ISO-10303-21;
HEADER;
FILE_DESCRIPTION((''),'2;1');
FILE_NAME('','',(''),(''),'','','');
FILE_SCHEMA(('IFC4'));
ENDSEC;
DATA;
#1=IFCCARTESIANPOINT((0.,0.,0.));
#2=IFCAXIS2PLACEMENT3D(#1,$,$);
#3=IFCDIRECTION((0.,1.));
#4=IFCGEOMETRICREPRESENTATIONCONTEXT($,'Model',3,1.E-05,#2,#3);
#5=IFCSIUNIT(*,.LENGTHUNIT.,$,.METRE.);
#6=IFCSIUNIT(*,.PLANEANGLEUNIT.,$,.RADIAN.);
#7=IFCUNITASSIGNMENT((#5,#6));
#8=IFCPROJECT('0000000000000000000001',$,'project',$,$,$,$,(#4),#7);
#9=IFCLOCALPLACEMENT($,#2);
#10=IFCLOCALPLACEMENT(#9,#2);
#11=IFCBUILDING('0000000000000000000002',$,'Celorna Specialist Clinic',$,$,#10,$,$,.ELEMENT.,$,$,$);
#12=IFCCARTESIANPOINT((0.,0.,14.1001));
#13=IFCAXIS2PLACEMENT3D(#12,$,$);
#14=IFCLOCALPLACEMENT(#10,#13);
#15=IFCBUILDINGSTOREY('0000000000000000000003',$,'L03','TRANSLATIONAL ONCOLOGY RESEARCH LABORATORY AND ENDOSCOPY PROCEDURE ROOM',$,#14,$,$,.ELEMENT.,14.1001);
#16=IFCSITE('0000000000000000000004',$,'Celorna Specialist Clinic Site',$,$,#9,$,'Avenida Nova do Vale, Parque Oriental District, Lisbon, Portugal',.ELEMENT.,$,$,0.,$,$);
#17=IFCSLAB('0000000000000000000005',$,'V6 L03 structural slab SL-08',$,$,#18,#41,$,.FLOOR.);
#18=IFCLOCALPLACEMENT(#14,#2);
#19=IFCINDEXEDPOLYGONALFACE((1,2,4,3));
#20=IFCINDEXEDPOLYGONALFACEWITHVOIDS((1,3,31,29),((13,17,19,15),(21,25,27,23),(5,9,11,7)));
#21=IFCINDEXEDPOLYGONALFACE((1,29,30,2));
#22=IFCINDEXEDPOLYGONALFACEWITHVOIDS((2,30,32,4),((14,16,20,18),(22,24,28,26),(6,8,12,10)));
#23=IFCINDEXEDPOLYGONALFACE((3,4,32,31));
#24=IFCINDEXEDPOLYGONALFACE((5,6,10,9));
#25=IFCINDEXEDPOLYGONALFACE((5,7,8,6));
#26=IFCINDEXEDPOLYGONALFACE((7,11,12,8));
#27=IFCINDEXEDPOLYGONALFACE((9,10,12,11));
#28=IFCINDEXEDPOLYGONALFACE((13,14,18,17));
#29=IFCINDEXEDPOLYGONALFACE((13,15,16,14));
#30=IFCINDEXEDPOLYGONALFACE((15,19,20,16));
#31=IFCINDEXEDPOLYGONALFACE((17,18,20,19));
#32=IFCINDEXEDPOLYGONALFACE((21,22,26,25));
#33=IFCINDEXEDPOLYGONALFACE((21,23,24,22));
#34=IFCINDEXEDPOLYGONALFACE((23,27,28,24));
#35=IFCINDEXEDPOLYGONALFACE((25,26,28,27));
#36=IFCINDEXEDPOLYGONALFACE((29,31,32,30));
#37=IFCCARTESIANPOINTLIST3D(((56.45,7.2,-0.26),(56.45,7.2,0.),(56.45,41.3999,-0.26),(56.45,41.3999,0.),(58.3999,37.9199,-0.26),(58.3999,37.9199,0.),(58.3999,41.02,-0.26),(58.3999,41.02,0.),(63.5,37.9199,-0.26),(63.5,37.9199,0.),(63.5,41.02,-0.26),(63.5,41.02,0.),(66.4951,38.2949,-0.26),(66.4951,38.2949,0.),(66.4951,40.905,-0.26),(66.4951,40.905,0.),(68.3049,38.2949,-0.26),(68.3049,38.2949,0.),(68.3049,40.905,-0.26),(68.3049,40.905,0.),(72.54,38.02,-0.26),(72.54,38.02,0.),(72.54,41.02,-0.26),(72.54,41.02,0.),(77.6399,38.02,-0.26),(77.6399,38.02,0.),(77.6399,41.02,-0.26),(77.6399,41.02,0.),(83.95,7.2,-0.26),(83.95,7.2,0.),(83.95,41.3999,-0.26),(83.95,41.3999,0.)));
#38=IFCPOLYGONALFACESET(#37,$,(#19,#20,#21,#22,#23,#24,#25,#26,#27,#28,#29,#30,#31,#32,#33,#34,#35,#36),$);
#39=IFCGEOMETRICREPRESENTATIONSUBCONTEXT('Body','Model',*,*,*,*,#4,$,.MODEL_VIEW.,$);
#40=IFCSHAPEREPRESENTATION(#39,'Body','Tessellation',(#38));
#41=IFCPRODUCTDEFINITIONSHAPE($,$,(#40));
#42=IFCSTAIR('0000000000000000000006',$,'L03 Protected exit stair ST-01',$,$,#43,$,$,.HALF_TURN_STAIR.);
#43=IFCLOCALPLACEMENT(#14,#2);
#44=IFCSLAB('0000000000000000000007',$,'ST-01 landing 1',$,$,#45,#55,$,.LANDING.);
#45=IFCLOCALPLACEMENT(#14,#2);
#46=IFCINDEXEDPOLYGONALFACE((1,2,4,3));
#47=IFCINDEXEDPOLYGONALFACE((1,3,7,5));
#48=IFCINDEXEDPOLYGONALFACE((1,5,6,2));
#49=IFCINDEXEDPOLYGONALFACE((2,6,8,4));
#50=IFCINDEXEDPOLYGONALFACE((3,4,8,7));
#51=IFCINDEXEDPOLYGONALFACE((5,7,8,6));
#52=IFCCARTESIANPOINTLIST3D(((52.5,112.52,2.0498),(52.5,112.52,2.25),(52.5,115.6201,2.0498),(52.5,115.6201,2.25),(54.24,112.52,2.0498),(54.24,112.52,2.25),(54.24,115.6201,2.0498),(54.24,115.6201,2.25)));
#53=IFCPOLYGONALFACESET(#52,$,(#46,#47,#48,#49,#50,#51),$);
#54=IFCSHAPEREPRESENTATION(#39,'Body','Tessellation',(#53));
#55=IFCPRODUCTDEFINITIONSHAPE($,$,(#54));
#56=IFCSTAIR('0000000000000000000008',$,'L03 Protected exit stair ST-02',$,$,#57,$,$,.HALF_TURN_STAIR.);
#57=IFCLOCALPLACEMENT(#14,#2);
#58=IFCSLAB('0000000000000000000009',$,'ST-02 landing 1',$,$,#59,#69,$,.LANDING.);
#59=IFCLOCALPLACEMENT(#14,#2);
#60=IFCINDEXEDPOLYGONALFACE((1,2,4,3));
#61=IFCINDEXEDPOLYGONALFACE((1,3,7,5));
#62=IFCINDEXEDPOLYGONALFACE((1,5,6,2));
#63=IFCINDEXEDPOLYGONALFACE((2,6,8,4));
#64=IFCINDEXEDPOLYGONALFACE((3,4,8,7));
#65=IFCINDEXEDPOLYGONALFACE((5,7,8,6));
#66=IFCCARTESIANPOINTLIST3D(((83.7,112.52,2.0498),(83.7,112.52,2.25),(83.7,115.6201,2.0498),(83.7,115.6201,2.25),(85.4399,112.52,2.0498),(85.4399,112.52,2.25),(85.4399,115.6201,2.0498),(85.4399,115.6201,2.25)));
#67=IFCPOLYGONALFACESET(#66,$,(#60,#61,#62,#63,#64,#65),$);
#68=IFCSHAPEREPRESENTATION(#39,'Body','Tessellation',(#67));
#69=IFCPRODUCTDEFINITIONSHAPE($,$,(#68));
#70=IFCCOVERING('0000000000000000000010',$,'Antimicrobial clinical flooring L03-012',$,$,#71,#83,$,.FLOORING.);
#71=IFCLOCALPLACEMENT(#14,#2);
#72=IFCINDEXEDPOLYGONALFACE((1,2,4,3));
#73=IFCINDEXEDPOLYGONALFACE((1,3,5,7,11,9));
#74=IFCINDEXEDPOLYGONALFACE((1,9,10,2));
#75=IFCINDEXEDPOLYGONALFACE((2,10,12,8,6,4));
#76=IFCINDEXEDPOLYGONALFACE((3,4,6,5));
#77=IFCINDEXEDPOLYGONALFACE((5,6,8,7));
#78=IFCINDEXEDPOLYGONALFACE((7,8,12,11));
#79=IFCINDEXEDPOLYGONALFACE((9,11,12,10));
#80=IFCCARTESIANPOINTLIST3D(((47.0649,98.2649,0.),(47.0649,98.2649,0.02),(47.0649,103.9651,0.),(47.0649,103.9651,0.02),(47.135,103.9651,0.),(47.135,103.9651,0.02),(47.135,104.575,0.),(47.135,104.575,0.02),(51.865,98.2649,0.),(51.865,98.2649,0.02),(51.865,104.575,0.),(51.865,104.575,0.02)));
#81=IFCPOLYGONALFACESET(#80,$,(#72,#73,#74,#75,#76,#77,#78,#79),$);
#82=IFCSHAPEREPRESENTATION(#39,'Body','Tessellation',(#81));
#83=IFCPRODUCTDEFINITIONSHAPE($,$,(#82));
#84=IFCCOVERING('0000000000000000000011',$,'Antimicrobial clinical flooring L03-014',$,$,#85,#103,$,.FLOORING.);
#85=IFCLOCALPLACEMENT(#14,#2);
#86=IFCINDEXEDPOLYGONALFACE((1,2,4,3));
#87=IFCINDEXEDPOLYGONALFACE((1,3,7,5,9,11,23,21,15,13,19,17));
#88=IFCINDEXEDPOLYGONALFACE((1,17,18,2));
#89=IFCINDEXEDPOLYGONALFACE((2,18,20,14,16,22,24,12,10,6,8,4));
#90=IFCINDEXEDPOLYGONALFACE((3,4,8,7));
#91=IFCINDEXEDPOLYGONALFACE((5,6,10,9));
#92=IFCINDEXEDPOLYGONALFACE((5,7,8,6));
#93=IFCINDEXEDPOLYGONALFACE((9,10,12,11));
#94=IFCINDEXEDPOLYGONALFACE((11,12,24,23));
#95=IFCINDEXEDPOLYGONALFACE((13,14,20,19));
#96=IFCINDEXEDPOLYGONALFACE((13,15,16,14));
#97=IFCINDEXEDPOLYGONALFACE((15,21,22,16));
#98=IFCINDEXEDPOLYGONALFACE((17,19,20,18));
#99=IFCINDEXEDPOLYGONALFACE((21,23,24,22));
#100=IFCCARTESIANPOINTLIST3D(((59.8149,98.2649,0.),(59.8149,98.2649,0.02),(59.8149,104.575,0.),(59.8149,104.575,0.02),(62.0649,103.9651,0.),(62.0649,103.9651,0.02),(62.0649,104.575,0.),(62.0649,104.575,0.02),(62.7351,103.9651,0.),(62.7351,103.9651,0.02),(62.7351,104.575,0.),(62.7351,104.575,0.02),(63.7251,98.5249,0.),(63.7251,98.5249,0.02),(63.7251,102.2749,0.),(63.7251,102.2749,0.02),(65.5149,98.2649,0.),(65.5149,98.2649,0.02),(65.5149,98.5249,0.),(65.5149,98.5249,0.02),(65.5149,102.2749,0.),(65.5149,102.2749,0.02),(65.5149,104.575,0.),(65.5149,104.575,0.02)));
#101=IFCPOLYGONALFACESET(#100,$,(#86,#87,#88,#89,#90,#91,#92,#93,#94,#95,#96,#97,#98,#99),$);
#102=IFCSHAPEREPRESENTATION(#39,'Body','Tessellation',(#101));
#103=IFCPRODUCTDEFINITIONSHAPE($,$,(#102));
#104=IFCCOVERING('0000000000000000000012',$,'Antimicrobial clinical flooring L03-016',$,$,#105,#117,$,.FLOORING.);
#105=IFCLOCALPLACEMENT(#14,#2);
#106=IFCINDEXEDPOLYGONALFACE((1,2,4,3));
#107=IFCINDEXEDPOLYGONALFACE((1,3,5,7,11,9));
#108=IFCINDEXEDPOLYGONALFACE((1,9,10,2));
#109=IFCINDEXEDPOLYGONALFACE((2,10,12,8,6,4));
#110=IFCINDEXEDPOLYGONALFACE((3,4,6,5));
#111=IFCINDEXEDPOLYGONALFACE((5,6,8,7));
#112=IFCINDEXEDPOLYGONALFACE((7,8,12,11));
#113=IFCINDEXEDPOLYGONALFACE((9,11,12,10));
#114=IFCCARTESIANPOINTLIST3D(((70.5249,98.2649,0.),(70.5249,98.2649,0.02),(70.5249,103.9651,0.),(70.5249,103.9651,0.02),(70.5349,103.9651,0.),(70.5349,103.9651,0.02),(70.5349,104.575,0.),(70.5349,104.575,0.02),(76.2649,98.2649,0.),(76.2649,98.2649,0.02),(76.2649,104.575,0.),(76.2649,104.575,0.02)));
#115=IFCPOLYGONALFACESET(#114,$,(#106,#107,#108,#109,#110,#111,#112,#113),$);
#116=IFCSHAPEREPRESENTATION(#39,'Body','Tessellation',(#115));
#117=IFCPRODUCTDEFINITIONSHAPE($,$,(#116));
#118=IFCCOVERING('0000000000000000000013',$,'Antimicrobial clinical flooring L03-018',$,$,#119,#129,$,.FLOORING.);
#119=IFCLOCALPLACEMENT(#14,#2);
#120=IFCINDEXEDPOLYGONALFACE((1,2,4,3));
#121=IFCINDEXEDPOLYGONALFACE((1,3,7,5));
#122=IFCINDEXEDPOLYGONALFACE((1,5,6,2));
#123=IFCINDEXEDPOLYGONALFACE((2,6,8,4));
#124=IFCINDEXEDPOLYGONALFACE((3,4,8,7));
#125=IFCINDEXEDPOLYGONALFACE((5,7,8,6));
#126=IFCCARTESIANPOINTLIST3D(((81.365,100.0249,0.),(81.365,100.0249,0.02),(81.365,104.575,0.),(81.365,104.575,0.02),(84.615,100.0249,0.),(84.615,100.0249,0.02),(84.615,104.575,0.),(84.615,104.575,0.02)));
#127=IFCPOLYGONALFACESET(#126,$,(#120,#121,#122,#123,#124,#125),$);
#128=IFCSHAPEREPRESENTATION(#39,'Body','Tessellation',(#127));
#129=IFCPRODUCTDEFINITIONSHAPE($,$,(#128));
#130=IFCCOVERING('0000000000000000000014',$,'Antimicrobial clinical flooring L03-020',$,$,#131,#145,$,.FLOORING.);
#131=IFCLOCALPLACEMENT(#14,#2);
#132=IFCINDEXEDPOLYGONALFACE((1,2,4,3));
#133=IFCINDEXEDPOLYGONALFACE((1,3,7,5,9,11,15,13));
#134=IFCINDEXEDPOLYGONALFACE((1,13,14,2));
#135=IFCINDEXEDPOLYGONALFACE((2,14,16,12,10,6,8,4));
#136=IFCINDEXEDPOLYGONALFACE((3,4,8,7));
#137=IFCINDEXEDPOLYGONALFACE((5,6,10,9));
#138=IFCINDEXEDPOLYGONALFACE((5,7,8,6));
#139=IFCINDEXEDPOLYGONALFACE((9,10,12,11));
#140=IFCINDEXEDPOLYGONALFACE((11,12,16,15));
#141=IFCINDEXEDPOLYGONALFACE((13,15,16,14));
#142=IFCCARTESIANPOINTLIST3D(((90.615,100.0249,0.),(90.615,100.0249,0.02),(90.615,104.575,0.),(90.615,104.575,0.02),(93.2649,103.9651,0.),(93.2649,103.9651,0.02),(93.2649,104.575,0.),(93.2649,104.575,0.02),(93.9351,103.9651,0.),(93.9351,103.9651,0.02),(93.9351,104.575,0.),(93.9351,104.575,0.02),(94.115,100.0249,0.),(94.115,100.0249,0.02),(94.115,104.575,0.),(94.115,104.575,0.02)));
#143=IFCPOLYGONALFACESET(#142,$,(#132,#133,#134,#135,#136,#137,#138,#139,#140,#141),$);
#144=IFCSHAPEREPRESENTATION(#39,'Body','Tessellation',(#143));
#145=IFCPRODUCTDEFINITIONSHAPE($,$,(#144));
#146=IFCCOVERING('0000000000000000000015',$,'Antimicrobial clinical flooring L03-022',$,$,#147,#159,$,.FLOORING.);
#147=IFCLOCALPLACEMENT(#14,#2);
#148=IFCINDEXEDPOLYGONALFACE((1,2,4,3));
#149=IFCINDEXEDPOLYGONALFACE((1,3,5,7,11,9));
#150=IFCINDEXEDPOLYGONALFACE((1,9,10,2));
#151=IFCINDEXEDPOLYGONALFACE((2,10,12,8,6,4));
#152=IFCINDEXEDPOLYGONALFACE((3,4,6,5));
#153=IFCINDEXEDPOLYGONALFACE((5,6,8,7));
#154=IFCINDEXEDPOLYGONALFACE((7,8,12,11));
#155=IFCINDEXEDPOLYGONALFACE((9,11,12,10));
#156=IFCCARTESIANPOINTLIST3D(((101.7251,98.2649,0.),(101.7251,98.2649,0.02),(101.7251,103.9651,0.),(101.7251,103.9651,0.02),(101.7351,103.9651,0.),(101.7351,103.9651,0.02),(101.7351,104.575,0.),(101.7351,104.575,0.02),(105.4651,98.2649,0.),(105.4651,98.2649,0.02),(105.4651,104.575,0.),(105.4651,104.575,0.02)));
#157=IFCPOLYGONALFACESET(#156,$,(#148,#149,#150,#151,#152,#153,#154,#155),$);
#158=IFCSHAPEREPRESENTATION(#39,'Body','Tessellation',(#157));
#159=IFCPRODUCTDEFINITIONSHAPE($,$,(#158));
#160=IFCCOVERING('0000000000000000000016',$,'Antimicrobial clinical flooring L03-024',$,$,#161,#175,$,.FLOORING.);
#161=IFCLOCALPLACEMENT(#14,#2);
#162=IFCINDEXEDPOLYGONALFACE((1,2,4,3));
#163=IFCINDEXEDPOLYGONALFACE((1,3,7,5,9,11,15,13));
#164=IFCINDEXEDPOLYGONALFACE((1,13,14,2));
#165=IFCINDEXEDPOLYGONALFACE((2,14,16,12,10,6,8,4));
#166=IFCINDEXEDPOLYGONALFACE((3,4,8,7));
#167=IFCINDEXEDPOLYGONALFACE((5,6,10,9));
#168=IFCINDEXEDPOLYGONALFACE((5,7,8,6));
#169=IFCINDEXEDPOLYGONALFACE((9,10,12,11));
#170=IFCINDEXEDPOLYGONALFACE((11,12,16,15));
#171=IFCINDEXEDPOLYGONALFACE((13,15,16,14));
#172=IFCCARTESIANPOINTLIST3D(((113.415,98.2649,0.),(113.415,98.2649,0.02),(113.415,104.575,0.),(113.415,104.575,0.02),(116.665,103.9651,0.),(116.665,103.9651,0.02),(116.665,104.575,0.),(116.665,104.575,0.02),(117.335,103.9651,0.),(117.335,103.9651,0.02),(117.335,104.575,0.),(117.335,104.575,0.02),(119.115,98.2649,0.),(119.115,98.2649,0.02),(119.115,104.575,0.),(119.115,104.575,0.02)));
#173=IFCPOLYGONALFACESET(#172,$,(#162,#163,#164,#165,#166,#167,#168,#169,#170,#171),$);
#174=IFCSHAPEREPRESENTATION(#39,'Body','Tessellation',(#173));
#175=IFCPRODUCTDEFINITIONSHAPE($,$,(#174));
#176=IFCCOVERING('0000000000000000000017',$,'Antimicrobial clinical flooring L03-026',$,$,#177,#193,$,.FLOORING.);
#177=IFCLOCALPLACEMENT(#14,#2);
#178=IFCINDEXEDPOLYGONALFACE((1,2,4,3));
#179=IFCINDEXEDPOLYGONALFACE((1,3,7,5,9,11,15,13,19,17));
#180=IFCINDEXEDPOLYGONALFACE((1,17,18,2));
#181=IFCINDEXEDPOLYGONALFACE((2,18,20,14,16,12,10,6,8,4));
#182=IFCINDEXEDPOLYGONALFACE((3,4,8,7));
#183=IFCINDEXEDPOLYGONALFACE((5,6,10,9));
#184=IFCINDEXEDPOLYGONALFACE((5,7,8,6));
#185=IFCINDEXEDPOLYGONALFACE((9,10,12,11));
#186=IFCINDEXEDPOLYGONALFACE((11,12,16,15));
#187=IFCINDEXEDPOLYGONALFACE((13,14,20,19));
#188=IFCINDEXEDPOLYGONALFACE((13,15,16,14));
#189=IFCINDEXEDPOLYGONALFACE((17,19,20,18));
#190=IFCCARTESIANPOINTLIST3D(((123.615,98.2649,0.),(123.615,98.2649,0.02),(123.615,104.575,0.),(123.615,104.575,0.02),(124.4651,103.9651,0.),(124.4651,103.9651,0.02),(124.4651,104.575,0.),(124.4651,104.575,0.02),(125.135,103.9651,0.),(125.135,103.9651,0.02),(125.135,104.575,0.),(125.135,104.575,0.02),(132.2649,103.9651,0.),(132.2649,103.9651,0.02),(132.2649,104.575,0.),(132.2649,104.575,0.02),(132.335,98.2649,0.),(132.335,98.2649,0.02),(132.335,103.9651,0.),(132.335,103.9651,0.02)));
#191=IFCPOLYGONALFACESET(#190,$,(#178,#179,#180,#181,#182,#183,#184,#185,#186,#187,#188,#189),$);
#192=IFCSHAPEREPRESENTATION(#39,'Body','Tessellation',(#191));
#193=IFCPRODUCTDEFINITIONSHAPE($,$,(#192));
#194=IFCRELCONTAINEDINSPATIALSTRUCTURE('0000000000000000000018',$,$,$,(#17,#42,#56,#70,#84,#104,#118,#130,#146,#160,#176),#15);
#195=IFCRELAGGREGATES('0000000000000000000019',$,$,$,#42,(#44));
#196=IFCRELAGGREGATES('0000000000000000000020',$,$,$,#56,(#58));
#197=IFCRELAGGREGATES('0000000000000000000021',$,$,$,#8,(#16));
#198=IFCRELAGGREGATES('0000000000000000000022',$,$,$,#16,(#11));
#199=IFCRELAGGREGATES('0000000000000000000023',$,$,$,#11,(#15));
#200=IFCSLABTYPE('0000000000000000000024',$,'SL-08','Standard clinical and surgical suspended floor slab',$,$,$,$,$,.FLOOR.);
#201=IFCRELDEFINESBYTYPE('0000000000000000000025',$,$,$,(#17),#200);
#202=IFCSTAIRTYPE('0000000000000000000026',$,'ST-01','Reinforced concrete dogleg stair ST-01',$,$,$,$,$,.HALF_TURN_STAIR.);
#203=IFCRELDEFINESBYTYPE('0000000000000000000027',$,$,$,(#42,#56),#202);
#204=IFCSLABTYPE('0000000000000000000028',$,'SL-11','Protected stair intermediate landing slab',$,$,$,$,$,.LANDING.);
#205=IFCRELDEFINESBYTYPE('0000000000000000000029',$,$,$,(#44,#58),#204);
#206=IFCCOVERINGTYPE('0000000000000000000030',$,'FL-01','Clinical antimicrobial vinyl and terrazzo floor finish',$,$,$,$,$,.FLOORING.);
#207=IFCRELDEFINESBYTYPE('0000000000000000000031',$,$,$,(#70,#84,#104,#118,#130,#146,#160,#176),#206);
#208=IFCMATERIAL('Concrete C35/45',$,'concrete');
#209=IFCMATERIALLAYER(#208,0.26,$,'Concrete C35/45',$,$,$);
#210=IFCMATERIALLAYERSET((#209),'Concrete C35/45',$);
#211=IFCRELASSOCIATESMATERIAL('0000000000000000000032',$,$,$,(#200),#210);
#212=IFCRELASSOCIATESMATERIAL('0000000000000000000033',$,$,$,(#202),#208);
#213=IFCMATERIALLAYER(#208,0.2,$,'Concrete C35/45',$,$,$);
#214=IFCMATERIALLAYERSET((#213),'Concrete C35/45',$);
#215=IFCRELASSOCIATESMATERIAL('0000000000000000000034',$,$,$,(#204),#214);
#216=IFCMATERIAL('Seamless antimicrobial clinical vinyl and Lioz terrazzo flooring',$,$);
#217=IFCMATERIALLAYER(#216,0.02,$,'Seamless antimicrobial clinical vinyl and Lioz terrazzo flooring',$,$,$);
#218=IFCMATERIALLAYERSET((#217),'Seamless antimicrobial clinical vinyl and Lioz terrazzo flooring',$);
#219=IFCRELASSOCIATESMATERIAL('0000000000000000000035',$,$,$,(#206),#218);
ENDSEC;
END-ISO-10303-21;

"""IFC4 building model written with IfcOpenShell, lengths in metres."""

from ifc_helpers import new_model, si_unit, direction, frame, origin, place, context, subcontext, project, spatial, polyline, outline, extrude, material, layer, layer_set, type_object, element, aggregate, save


model = new_model("IFC4")

# Units and contexts
model_context = context("Model", 3, precision=1e-05, world=origin(), true_north=direction((0.0, 1.0)))
body_context = subcontext(model_context, "Body", "Model", "MODEL_VIEW")
ifc_project = project(units=[si_unit("LENGTHUNIT", "METRE"), si_unit("PLANEANGLEUNIT", "RADIAN")], contexts=[model_context])

# Site, building, storey
site_placement = place(None, origin())
site = spatial("IfcSite", under=ifc_project, at=site_placement, Name="Celorna Specialist Clinic Site", LongName="Avenida Nova do Vale, Parque Oriental District, Lisbon, Portugal", CompositionType="ELEMENT", RefElevation=0.0)
building_placement = place(site_placement, origin())
building = spatial("IfcBuilding", under=site, at=building_placement, Name="Celorna Specialist Clinic", CompositionType="ELEMENT")
storey_placement = place(building_placement, frame((0.0, 0.0, 14.1001)))
storey = spatial("IfcBuildingStorey", under=building, at=storey_placement, Name="L03", Description="TRANSLATIONAL ONCOLOGY RESEARCH LABORATORY AND ENDOSCOPY PROCEDURE ROOM", CompositionType="ELEMENT", Elevation=14.1001)

# Shared definitions
ifc_material_1 = material(Name="Concrete C35/45", Category="concrete")

# Slab
ifc_layer_1 = layer(ifc_material_1, 0.26, Name="Concrete C35/45")
ifc_layer_set_1 = layer_set([ifc_layer_1], Name="Concrete C35/45")
slab_type_1 = type_object("IfcSlabType", Name="SL-08", Description="Standard clinical and surgical suspended floor slab", PredefinedType="FLOOR", material=ifc_layer_set_1)
slab_1_placement = place(storey_placement, frame((0.0, 0.0, -0.26)))
element("IfcSlab", 1, at=slab_1_placement, inside=storey, type_object=slab_type_1, Name="V6 L03 structural slab SL-08", PredefinedType="FLOOR", context=body_context, shape_type="SweptSolid", body=[
    extrude(outline(polyline([(83.95, 7.2), (83.95, 41.3999), (56.45, 41.3999), (56.45, 7.2), (83.95, 7.2)]), holes=[polyline([(58.3999, 37.9199), (63.5, 37.9199), (63.5, 41.02), (58.3999, 41.02), (58.3999, 37.9199)]), polyline([(72.54, 38.02), (77.6399, 38.02), (77.6399, 41.02), (72.54, 41.02), (72.54, 38.02)]), polyline([(66.4951, 38.2949), (68.3049, 38.2949), (68.3049, 40.905), (66.4951, 40.905), (66.4951, 38.2949)])]), origin(), (0.0, 0.0, 1.0), 0.26),
])

# Stairs, slabs
stair_type = type_object("IfcStairType", Name="ST-01", Description="Reinforced concrete dogleg stair ST-01", PredefinedType="HALF_TURN_STAIR", material=ifc_material_1)
stair_1_placement = place(storey_placement, origin())
stair_1 = element("IfcStair", 2, at=stair_1_placement, inside=storey, type_object=stair_type, Name="L03 Protected exit stair ST-01", PredefinedType="HALF_TURN_STAIR")
ifc_layer_2 = layer(ifc_material_1, 0.2, Name="Concrete C35/45")
ifc_layer_set_2 = layer_set([ifc_layer_2], Name="Concrete C35/45")
slab_type_2 = type_object("IfcSlabType", Name="SL-11", Description="Protected stair intermediate landing slab", PredefinedType="LANDING", material=ifc_layer_set_2)
slab_2_placement = place(storey_placement, frame((0.0, 0.0, 2.0498)))
slab_2 = element("IfcSlab", 3, at=slab_2_placement, type_object=slab_type_2, Name="ST-01 landing 1", PredefinedType="LANDING", context=body_context, shape_type="SweptSolid", body=[
    extrude(outline(polyline([(52.5, 112.52), (54.24, 112.52), (54.24, 115.6201), (52.5, 115.6201), (52.5, 112.52)])), origin(), (0.0, 0.0, 1.0), 0.2002),
])
aggregate(stair_1, [slab_2])
stair_2_placement = place(storey_placement, origin())
stair_2 = element("IfcStair", 4, at=stair_2_placement, inside=storey, type_object=stair_type, Name="L03 Protected exit stair ST-02", PredefinedType="HALF_TURN_STAIR")
slab_3_placement = place(storey_placement, frame((0.0, 0.0, 2.0498)))
slab_3 = element("IfcSlab", 5, at=slab_3_placement, type_object=slab_type_2, Name="ST-02 landing 1", PredefinedType="LANDING", context=body_context, shape_type="SweptSolid", body=[
    extrude(outline(polyline([(83.7, 112.52), (85.4399, 112.52), (85.4399, 115.6201), (83.7, 115.6201), (83.7, 112.52)])), origin(), (0.0, 0.0, 1.0), 0.2002),
])
aggregate(stair_2, [slab_3])

# Coverings
ifc_material_2 = material(Name="Seamless antimicrobial clinical vinyl and Lioz terrazzo flooring")
ifc_layer_3 = layer(ifc_material_2, 0.02, Name="Seamless antimicrobial clinical vinyl and Lioz terrazzo flooring")
ifc_layer_set_3 = layer_set([ifc_layer_3], Name="Seamless antimicrobial clinical vinyl and Lioz terrazzo flooring")
covering_type = type_object("IfcCoveringType", Name="FL-01", Description="Clinical antimicrobial vinyl and terrazzo floor finish", PredefinedType="FLOORING", material=ifc_layer_set_3)
covering_1_placement = place(storey_placement, origin())
element("IfcCovering", 6, at=covering_1_placement, inside=storey, type_object=covering_type, Name="Antimicrobial clinical flooring L03-012", PredefinedType="FLOORING", context=body_context, shape_type="SweptSolid", body=[
    extrude(outline(polyline([(47.0649, 103.9651), (47.135, 103.9651), (47.135, 104.575), (51.865, 104.575), (51.865, 98.2649), (47.0649, 98.2649), (47.0649, 103.9651)])), origin(), (0.0, 0.0, 1.0), 0.02),
])
covering_2_placement = place(storey_placement, origin())
element("IfcCovering", 7, at=covering_2_placement, inside=storey, type_object=covering_type, Name="Antimicrobial clinical flooring L03-014", PredefinedType="FLOORING", context=body_context, shape_type="SweptSolid", body=[
    extrude(outline(polyline([(59.8149, 98.2649), (59.8149, 104.575), (62.0649, 104.575), (62.0649, 103.9651), (62.7351, 103.9651), (62.7351, 104.575), (65.5149, 104.575), (65.5149, 102.2749), (63.7251, 102.2749), (63.7251, 98.5249), (65.5149, 98.5249), (65.5149, 98.2649), (59.8149, 98.2649)])), origin(), (0.0, 0.0, 1.0), 0.02),
])
covering_3_placement = place(storey_placement, origin())
element("IfcCovering", 8, at=covering_3_placement, inside=storey, type_object=covering_type, Name="Antimicrobial clinical flooring L03-016", PredefinedType="FLOORING", context=body_context, shape_type="SweptSolid", body=[
    extrude(outline(polyline([(70.5349, 104.575), (76.2649, 104.575), (76.2649, 98.2649), (70.5249, 98.2649), (70.5249, 103.9651), (70.5349, 103.9651), (70.5349, 104.575)])), origin(), (0.0, 0.0, 1.0), 0.02),
])
covering_4_placement = place(storey_placement, origin())
element("IfcCovering", 9, at=covering_4_placement, inside=storey, type_object=covering_type, Name="Antimicrobial clinical flooring L03-018", PredefinedType="FLOORING", context=body_context, shape_type="SweptSolid", body=[
    extrude(outline(polyline([(81.365, 104.575), (84.615, 104.575), (84.615, 100.0249), (81.365, 100.0249), (81.365, 104.575)])), origin(), (0.0, 0.0, 1.0), 0.02),
])
covering_5_placement = place(storey_placement, origin())
element("IfcCovering", 10, at=covering_5_placement, inside=storey, type_object=covering_type, Name="Antimicrobial clinical flooring L03-020", PredefinedType="FLOORING", context=body_context, shape_type="SweptSolid", body=[
    extrude(outline(polyline([(90.615, 104.575), (93.2649, 104.575), (93.2649, 103.9651), (93.9351, 103.9651), (93.9351, 104.575), (94.115, 104.575), (94.115, 100.0249), (90.615, 100.0249), (90.615, 104.575)])), origin(), (0.0, 0.0, 1.0), 0.02),
])
covering_6_placement = place(storey_placement, origin())
element("IfcCovering", 11, at=covering_6_placement, inside=storey, type_object=covering_type, Name="Antimicrobial clinical flooring L03-022", PredefinedType="FLOORING", context=body_context, shape_type="SweptSolid", body=[
    extrude(outline(polyline([(101.7351, 104.575), (105.4651, 104.575), (105.4651, 98.2649), (101.7251, 98.2649), (101.7251, 103.9651), (101.7351, 103.9651), (101.7351, 104.575)])), origin(), (0.0, 0.0, 1.0), 0.02),
])
covering_7_placement = place(storey_placement, origin())
element("IfcCovering", 12, at=covering_7_placement, inside=storey, type_object=covering_type, Name="Antimicrobial clinical flooring L03-024", PredefinedType="FLOORING", context=body_context, shape_type="SweptSolid", body=[
    extrude(outline(polyline([(113.415, 104.575), (116.665, 104.575), (116.665, 103.9651), (117.335, 103.9651), (117.335, 104.575), (119.115, 104.575), (119.115, 98.2649), (113.415, 98.2649), (113.415, 104.575)])), origin(), (0.0, 0.0, 1.0), 0.02),
])
covering_8_placement = place(storey_placement, origin())
element("IfcCovering", 13, at=covering_8_placement, inside=storey, type_object=covering_type, Name="Antimicrobial clinical flooring L03-026", PredefinedType="FLOORING", context=body_context, shape_type="SweptSolid", body=[
    extrude(outline(polyline([(123.615, 104.575), (124.4651, 104.575), (124.4651, 103.9651), (125.135, 103.9651), (125.135, 104.575), (132.2649, 104.575), (132.2649, 103.9651), (132.335, 103.9651), (132.335, 98.2649), (123.615, 98.2649), (123.615, 104.575)])), origin(), (0.0, 0.0, 1.0), 0.02),
])

save(model, "model.ifc")
